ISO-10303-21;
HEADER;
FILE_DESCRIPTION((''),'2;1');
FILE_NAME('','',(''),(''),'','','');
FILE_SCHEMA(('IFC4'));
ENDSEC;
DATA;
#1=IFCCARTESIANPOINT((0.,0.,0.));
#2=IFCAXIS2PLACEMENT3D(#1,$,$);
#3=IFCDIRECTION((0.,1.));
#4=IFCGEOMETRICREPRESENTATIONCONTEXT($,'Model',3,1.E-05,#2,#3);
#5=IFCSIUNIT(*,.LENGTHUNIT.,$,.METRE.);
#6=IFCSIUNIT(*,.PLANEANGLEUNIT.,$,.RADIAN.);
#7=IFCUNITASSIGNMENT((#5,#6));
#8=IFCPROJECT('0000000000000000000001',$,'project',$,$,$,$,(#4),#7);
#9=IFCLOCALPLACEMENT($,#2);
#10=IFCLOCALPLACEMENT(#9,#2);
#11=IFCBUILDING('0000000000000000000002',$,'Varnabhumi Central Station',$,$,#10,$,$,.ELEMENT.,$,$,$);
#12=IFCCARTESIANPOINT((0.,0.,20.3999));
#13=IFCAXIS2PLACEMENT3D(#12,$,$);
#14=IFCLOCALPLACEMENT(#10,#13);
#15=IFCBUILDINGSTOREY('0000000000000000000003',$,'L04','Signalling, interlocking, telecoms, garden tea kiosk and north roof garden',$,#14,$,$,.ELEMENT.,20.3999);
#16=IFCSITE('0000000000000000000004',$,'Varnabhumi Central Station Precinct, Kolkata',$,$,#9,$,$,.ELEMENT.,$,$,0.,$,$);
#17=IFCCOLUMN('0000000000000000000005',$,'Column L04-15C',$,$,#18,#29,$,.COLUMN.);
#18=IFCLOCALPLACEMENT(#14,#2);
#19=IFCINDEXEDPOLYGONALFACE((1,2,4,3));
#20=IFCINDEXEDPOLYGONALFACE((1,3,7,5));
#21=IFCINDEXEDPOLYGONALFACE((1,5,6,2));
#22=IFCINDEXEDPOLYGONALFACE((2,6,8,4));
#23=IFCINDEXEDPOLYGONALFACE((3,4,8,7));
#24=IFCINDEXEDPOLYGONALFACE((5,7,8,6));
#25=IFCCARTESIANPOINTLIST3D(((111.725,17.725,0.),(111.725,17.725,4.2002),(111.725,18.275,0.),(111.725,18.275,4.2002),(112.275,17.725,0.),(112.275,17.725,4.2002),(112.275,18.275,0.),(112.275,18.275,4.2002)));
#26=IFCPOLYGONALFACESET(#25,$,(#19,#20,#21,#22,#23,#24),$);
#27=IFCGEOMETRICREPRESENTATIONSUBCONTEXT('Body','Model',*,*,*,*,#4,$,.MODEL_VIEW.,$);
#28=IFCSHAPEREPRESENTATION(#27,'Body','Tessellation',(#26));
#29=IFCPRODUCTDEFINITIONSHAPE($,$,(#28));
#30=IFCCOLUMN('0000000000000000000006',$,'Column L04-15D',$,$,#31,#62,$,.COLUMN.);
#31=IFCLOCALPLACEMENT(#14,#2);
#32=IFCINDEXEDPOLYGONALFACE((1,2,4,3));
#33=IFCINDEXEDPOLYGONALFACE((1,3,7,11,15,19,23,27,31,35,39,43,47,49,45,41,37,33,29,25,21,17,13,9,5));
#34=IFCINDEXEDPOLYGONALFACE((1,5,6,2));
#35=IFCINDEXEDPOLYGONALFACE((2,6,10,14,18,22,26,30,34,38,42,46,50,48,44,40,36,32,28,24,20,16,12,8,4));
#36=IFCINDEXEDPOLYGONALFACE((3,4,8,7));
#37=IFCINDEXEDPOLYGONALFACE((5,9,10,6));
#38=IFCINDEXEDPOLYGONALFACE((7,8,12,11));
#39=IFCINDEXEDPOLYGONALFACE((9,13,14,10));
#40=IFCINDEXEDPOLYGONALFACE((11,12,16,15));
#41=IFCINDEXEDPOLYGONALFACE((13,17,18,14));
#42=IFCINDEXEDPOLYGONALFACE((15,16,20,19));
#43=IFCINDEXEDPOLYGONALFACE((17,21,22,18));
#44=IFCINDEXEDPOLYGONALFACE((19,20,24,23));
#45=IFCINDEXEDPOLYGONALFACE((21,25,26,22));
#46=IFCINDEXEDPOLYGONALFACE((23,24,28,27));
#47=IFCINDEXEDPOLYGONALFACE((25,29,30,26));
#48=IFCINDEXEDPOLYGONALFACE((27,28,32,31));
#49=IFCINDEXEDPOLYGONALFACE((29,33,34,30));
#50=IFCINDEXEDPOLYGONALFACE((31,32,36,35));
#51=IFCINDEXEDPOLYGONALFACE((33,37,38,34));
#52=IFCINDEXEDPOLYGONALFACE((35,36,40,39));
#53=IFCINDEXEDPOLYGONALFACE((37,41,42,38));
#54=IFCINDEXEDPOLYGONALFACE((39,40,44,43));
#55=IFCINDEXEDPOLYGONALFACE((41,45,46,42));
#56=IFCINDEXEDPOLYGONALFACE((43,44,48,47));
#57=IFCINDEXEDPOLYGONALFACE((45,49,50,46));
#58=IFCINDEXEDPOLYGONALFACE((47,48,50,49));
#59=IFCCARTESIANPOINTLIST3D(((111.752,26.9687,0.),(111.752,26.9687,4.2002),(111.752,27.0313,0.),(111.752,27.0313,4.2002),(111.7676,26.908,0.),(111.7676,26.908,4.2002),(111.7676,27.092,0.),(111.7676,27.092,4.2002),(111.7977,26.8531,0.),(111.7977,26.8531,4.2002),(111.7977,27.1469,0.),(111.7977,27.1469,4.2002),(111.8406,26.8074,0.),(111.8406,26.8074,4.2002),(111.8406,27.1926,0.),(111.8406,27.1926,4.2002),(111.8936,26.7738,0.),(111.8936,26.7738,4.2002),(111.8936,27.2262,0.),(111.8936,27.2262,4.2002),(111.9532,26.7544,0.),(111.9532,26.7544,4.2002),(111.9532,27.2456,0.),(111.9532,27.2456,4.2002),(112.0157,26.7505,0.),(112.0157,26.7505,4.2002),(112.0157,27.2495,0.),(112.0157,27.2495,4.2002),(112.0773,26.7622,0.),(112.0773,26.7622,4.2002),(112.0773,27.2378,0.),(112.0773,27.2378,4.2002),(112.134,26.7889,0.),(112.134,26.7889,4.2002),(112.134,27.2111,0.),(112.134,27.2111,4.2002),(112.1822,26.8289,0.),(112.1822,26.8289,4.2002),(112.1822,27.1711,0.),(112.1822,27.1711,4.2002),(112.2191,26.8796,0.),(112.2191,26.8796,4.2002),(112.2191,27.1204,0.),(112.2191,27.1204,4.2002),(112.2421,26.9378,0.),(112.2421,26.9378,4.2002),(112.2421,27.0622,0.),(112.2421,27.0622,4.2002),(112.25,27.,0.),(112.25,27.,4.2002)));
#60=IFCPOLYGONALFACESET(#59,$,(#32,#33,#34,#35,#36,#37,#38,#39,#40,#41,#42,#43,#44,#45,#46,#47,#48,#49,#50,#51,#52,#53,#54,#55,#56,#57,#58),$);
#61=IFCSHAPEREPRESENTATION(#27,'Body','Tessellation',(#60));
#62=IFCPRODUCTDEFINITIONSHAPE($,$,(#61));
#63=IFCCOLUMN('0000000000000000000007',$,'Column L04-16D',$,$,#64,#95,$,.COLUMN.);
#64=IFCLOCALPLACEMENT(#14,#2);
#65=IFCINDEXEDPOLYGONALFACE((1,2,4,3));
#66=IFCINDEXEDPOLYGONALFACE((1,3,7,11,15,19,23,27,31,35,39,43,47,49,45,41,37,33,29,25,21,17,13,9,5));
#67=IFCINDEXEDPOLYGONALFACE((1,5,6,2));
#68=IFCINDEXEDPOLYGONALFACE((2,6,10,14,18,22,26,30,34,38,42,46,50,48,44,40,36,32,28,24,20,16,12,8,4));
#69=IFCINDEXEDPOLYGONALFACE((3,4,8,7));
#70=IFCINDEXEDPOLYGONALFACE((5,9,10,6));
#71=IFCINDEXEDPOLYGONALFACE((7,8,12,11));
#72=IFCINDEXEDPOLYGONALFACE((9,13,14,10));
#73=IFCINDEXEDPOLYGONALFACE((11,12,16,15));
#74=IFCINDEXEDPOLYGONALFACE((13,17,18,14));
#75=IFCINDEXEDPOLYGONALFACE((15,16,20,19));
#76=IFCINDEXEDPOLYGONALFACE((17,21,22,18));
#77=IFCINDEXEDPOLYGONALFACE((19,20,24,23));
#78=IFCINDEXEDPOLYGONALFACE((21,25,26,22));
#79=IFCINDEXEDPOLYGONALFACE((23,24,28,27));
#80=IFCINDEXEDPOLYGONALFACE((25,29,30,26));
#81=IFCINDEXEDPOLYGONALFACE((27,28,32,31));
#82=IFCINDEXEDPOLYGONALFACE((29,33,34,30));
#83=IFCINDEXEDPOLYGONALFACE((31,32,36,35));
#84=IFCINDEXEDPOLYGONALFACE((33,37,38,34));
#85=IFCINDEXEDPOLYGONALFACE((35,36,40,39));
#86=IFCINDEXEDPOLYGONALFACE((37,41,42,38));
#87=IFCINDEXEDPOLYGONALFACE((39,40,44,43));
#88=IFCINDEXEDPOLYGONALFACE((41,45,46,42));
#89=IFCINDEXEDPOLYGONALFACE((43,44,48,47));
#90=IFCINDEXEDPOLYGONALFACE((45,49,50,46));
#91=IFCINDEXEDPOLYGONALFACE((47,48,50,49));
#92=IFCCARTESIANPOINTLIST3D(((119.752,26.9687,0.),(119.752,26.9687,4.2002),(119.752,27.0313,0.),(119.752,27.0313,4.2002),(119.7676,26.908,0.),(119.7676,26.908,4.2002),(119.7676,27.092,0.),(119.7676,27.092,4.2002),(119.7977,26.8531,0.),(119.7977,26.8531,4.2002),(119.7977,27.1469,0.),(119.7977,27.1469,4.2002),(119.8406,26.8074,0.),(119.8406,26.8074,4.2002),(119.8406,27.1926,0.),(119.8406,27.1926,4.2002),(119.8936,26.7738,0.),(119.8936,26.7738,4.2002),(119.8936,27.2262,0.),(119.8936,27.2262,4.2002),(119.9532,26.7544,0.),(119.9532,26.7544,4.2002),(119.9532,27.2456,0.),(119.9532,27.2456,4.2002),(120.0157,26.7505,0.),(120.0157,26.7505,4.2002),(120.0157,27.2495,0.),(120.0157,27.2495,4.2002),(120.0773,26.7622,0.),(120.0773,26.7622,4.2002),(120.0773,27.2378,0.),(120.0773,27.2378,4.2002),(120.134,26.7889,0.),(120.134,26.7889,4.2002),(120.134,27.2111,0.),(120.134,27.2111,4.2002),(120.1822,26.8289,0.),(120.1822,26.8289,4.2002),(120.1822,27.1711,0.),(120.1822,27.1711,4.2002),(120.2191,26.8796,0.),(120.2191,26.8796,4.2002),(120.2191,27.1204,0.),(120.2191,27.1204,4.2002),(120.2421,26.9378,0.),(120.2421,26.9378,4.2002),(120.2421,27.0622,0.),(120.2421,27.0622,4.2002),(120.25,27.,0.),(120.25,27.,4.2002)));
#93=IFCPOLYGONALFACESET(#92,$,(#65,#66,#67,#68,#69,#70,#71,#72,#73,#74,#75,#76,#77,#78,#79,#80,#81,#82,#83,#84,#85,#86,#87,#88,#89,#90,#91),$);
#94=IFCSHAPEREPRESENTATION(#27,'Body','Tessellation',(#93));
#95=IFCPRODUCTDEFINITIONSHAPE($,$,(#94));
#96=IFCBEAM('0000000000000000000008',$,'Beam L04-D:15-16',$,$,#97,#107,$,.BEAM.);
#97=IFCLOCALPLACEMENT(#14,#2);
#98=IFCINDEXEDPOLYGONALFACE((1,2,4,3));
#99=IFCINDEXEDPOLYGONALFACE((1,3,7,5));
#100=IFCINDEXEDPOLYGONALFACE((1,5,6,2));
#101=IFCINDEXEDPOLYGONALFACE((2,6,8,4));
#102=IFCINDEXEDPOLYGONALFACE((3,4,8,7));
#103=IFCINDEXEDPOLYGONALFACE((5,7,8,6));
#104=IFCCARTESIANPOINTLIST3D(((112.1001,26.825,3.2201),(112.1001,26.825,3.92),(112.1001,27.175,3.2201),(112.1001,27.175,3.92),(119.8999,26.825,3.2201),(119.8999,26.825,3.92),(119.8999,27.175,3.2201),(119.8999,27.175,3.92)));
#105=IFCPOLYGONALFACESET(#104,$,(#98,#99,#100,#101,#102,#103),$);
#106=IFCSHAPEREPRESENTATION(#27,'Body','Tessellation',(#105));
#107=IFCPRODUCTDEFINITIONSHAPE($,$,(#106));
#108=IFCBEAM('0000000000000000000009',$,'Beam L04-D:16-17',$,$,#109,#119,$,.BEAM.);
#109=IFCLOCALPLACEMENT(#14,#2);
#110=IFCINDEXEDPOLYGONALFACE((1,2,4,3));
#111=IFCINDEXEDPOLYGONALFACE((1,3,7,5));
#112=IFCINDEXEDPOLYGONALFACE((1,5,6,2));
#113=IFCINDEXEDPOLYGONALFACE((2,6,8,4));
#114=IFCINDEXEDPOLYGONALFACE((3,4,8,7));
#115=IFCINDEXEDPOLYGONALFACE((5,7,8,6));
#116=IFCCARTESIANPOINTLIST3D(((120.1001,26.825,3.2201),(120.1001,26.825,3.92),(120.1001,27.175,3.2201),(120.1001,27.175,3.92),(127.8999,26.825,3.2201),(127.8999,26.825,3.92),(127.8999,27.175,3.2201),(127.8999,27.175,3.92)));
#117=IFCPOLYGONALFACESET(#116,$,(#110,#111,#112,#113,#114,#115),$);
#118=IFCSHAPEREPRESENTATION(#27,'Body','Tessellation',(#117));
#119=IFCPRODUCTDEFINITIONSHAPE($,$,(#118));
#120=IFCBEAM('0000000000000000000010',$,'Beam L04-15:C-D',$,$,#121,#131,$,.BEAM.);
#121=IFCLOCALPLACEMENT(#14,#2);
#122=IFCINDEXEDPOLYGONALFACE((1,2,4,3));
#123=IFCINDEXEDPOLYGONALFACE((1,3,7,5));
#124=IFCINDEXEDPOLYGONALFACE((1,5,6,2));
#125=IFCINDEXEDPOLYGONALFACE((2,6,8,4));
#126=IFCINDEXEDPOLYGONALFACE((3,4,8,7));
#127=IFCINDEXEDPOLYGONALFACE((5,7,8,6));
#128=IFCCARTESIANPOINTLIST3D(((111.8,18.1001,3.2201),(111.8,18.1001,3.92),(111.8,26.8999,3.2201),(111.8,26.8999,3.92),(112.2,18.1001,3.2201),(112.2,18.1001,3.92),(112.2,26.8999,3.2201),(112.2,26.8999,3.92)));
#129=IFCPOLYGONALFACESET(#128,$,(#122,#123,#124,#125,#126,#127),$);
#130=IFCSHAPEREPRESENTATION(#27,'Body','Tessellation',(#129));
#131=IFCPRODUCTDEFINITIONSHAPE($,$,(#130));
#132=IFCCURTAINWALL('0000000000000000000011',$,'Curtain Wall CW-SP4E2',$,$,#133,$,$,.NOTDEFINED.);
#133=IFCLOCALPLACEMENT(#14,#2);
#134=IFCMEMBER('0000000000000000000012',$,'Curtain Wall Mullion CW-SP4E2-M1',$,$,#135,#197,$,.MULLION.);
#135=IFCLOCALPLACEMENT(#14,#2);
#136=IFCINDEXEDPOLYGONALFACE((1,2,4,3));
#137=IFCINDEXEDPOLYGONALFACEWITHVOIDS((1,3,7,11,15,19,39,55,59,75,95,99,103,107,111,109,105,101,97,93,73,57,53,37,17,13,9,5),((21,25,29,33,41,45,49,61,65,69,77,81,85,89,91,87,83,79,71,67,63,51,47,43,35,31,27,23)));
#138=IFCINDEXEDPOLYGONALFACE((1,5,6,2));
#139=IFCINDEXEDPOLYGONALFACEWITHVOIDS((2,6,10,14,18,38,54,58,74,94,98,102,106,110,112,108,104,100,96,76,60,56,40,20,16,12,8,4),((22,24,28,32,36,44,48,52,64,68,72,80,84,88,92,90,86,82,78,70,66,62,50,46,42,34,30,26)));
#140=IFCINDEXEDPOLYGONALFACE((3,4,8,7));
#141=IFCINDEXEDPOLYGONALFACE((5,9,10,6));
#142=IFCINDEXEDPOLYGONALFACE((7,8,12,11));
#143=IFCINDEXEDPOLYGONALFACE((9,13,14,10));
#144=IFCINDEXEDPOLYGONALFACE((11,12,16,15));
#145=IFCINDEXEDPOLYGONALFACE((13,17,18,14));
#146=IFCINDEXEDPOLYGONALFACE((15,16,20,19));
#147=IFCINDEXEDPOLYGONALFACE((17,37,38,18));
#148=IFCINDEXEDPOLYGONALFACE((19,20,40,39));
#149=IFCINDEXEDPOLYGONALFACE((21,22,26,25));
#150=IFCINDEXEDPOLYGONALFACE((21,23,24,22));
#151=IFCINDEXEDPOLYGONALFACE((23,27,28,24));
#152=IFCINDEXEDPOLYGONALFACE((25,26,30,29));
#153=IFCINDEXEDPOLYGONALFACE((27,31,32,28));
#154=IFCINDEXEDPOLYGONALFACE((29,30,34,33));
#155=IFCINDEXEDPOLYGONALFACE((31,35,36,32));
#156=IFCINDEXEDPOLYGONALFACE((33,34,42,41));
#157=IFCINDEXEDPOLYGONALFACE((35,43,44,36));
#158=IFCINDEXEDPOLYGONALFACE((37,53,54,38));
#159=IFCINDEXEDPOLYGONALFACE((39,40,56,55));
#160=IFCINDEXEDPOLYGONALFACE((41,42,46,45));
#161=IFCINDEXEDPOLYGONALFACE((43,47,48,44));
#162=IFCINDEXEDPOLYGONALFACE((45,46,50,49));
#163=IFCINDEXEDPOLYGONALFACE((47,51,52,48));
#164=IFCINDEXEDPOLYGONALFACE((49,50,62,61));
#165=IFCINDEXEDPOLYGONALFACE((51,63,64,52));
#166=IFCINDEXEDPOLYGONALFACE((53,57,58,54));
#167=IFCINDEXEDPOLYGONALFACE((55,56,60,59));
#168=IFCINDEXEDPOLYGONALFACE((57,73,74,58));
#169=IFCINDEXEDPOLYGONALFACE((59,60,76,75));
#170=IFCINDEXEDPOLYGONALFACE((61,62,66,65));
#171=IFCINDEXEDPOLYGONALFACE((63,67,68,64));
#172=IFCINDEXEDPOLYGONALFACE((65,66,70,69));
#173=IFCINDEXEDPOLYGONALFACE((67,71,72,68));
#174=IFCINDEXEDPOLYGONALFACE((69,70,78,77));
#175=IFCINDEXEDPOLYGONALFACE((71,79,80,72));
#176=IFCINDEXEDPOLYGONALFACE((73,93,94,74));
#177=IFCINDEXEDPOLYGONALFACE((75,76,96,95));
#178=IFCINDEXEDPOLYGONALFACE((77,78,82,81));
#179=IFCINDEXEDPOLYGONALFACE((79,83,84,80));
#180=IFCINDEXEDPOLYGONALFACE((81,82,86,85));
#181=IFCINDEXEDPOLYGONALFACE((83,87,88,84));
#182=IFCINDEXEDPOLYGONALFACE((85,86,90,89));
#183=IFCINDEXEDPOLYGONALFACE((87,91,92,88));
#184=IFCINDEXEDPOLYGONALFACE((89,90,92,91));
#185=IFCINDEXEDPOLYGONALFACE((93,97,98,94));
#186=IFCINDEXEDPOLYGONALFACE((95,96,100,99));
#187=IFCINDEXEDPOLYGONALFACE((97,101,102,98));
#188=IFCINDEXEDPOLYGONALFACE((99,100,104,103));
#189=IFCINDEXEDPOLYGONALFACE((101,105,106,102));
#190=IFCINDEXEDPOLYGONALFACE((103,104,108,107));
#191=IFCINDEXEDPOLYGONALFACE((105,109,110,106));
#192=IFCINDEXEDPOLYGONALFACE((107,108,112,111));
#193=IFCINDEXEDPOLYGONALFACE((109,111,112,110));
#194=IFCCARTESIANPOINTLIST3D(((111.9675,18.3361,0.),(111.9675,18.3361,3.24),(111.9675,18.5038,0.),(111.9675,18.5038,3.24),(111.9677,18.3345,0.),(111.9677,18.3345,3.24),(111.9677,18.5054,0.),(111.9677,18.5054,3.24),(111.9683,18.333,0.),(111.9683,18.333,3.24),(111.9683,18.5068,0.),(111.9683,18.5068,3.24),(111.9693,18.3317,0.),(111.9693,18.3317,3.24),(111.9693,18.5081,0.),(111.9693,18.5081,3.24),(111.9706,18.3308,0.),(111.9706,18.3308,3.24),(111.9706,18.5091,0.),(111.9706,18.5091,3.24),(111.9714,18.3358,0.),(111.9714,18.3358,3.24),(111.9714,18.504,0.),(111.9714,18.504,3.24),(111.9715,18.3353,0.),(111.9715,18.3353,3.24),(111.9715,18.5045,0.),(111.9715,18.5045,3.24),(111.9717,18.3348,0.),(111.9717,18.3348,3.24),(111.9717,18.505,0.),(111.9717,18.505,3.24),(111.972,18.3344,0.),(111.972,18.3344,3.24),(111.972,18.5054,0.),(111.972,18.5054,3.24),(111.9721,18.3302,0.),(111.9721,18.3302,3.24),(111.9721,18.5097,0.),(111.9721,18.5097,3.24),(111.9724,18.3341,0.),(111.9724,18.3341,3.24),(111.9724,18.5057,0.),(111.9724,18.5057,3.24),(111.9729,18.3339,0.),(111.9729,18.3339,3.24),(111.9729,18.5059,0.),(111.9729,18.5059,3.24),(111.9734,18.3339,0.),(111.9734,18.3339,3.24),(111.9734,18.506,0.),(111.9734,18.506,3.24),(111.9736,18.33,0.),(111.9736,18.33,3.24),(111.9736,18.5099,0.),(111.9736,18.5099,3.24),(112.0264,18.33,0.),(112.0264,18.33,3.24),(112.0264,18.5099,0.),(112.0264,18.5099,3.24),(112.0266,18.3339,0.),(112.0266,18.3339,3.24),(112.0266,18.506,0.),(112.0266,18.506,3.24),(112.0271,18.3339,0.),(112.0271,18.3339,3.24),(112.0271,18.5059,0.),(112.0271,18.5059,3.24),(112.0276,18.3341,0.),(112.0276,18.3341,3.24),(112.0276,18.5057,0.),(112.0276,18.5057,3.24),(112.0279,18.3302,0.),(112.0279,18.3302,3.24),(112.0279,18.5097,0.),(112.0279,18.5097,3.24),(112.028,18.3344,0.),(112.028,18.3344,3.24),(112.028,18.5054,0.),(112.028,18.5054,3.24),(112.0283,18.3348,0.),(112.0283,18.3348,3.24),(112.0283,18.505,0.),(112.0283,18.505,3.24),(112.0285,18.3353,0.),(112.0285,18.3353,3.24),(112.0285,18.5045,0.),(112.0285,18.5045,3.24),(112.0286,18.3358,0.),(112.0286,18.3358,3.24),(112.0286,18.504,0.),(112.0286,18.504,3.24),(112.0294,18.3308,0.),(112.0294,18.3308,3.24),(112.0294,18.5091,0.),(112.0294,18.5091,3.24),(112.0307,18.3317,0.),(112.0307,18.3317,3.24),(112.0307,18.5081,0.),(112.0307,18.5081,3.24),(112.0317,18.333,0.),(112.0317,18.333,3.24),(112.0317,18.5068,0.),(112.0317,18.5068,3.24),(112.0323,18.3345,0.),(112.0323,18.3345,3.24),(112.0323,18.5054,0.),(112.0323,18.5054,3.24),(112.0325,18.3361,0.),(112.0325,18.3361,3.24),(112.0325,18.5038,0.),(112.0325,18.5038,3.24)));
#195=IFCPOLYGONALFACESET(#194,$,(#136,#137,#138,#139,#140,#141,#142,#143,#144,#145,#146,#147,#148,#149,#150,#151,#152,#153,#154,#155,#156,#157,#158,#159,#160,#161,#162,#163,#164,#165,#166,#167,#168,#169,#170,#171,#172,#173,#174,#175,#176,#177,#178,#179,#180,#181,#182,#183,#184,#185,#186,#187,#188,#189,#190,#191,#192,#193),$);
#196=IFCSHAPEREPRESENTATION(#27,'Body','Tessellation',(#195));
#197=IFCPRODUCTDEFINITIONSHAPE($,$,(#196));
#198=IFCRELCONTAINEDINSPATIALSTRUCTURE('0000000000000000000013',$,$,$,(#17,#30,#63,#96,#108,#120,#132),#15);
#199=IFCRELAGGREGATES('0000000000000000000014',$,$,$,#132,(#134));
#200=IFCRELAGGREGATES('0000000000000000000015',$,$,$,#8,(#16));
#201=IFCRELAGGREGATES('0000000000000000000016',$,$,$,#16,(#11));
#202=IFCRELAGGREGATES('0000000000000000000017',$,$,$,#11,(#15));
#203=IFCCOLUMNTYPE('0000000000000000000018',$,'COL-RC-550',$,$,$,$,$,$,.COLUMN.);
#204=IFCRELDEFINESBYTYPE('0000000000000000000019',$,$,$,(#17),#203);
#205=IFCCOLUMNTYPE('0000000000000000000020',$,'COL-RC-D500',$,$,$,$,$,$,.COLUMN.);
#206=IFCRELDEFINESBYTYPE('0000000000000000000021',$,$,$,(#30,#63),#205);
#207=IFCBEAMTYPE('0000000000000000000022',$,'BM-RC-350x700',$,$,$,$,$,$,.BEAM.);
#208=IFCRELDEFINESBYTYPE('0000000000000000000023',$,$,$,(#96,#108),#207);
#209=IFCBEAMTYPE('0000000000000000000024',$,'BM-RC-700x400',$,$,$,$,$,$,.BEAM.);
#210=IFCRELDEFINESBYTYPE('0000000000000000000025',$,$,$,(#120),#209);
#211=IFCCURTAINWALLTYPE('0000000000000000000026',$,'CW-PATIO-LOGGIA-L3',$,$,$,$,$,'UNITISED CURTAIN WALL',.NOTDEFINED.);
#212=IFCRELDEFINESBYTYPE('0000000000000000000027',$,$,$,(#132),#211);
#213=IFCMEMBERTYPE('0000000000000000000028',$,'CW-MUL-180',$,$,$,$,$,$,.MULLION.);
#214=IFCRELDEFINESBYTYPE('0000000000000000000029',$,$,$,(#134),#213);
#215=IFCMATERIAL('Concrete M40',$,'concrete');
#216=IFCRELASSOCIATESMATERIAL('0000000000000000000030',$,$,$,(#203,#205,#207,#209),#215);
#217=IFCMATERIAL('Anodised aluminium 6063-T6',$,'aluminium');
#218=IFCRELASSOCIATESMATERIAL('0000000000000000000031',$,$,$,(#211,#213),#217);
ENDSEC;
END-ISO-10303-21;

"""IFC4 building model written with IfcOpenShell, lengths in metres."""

from ifc_helpers import new_model, si_unit, direction, frame, origin, origin_2d, place, context, subcontext, project, spatial, rectangle, hollow_rectangle, circle, extrude, material, material_profile, profile_set, type_object, element, aggregate, save


model = new_model("IFC4")

# Units and contexts
model_context = context("Model", 3, precision=1e-05, world=origin(), true_north=direction((0.0, 1.0)))
body_context = subcontext(model_context, "Body", "Model", "MODEL_VIEW")
ifc_project = project(units=[si_unit("LENGTHUNIT", "METRE"), si_unit("PLANEANGLEUNIT", "RADIAN")], contexts=[model_context])

# Site, building, storey
site_placement = place(None, origin())
site = spatial("IfcSite", under=ifc_project, at=site_placement, Name="Varnabhumi Central Station Precinct, Kolkata", CompositionType="ELEMENT", RefElevation=0.0)
building_placement = place(site_placement, origin())
building = spatial("IfcBuilding", under=site, at=building_placement, Name="Varnabhumi Central Station", CompositionType="ELEMENT")
storey_placement = place(building_placement, frame((0.0, 0.0, 20.3999)))
storey = spatial("IfcBuildingStorey", under=building, at=storey_placement, Name="L04", Description="Signalling, interlocking, telecoms, garden tea kiosk and north roof garden", CompositionType="ELEMENT", Elevation=20.3999)

# Columns
ifc_material_1 = material(Name="Concrete M40", Category="concrete")
ifc_material_profile_1 = material_profile(ifc_material_1, rectangle(XDim=0.55, YDim=0.55, at=origin_2d()), Name="Concrete M40", Category="concrete")
ifc_profile_set_1 = profile_set([ifc_material_profile_1], Name="Concrete M40")
column_type_1 = type_object("IfcColumnType", Name="COL-RC-550", PredefinedType="COLUMN", material=ifc_profile_set_1)
column_placement = place(storey_placement, frame((112.0, 18.0, 0.0), z_axis=(0.0, 0.0, 1.0), x_axis=(1.0, 0.0, 0.0)))
element("IfcColumn", 1, at=column_placement, inside=storey, type_object=column_type_1, Name="Column L04-15C", PredefinedType="COLUMN", context=body_context, shape_type="SweptSolid", body=[
    extrude(rectangle(XDim=0.55, YDim=0.55, at=origin_2d()), origin(), (0.0, 0.0, 1.0), 4.2002),
])
ifc_material_profile_2 = material_profile(ifc_material_1, circle(Radius=0.25, at=origin_2d()), Name="Concrete M40", Category="concrete")
ifc_profile_set_2 = profile_set([ifc_material_profile_2], Name="Concrete M40")
column_type_2 = type_object("IfcColumnType", Name="COL-RC-D500", PredefinedType="COLUMN", material=ifc_profile_set_2)
for number, where, z_axis, x_axis, name in (
    (2, (112.0, 27.0, 0.0), (0.0, 0.0, 1.0), (1.0, 0.0, 0.0), "Column L04-15D"),
    (3, (120.0, 27.0, 0.0), (0.0, 0.0, 1.0), (1.0, 0.0, 0.0), "Column L04-16D"),
):
    element("IfcColumn", number, at=place(storey_placement, frame(where, z_axis=z_axis, x_axis=x_axis)), inside=storey, type_object=column_type_2, Name=name, PredefinedType="COLUMN", context=body_context, shape_type="SweptSolid", body=[
        extrude(circle(Radius=0.25, at=origin_2d()), origin(), (0.0, 0.0, 1.0), 4.2002),
    ])

# Beams
ifc_material_profile_3 = material_profile(ifc_material_1, rectangle(XDim=0.3501, YDim=0.7, at=origin_2d()), Name="Concrete M40", Category="concrete")
ifc_profile_set_3 = profile_set([ifc_material_profile_3], Name="Concrete M40")
beam_type_1 = type_object("IfcBeamType", Name="BM-RC-350x700", PredefinedType="BEAM", material=ifc_profile_set_3)
for number, where, z_axis, x_axis, name in (
    (4, (112.1001, 27.0, 3.5701), (1.0, 0.0, 0.0), (0.0, 1.0, 0.0), "Beam L04-D:15-16"),
    (5, (120.1001, 27.0, 3.5701), (1.0, 0.0, 0.0), (0.0, 1.0, 0.0), "Beam L04-D:16-17"),
):
    element("IfcBeam", number, at=place(storey_placement, frame(where, z_axis=z_axis, x_axis=x_axis)), inside=storey, type_object=beam_type_1, Name=name, PredefinedType="BEAM", context=body_context, shape_type="SweptSolid", body=[
        extrude(rectangle(XDim=0.3501, YDim=0.7, at=origin_2d()), origin(), (0.0, 0.0, 1.0), 7.7998),
    ])
ifc_material_profile_4 = material_profile(ifc_material_1, rectangle(XDim=0.3999, YDim=0.7, at=origin_2d()), Name="Concrete M40", Category="concrete")
ifc_profile_set_4 = profile_set([ifc_material_profile_4], Name="Concrete M40")
beam_type_2 = type_object("IfcBeamType", Name="BM-RC-700x400", PredefinedType="BEAM", material=ifc_profile_set_4)
beam_placement = place(storey_placement, frame((112.0, 18.1001, 3.5701), z_axis=(0.0, 1.0, 0.0), x_axis=(-1.0, 0.0, 0.0)))
element("IfcBeam", 6, at=beam_placement, inside=storey, type_object=beam_type_2, Name="Beam L04-15:C-D", PredefinedType="BEAM", context=body_context, shape_type="SweptSolid", body=[
    extrude(rectangle(XDim=0.3999, YDim=0.7, at=origin_2d()), origin(), (0.0, 0.0, 1.0), 8.7998),
])

# Curtain wall, member
ifc_material_2 = material(Name="Anodised aluminium 6063-T6", Category="aluminium")
curtain_wall_type = type_object("IfcCurtainWallType", Name="CW-PATIO-LOGGIA-L3", ElementType="UNITISED CURTAIN WALL", PredefinedType="NOTDEFINED", material=ifc_material_2)
curtain_wall_1_placement = place(storey_placement, origin())
curtain_wall_1 = element("IfcCurtainWall", 7, at=curtain_wall_1_placement, inside=storey, type_object=curtain_wall_type, Name="Curtain Wall CW-SP4E2", PredefinedType="NOTDEFINED")
ifc_material_profile_5 = material_profile(ifc_material_2, hollow_rectangle(XDim=0.0649, YDim=0.1799, WallThickness=0.0039, InnerFilletRadius=0.002, OuterFilletRadius=0.0061, at=origin_2d()), Name="Anodised aluminium 6063-T6", Category="aluminium")
ifc_profile_set_5 = profile_set([ifc_material_profile_5], Name="Anodised aluminium 6063-T6")
member_type_1 = type_object("IfcMemberType", Name="CW-MUL-180", PredefinedType="MULLION", material=ifc_profile_set_5)
member_1_placement = place(storey_placement, frame((112.0, 18.4199, 0.0), z_axis=(0.0, 0.0, 1.0), x_axis=(1.0, 0.0, 0.0)))
member_1 = element("IfcMember", 8, at=member_1_placement, type_object=member_type_1, Name="Curtain Wall Mullion CW-SP4E2-M1", PredefinedType="MULLION", context=body_context, shape_type="SweptSolid", body=[
    extrude(hollow_rectangle(XDim=0.0649, YDim=0.1799, WallThickness=0.0039, InnerFilletRadius=0.002, OuterFilletRadius=0.0061, at=origin_2d()), origin(), (0.0, 0.0, 1.0), 3.24),
])

aggregate(curtain_wall_1, [member_1])

save(model, "model.ifc")
